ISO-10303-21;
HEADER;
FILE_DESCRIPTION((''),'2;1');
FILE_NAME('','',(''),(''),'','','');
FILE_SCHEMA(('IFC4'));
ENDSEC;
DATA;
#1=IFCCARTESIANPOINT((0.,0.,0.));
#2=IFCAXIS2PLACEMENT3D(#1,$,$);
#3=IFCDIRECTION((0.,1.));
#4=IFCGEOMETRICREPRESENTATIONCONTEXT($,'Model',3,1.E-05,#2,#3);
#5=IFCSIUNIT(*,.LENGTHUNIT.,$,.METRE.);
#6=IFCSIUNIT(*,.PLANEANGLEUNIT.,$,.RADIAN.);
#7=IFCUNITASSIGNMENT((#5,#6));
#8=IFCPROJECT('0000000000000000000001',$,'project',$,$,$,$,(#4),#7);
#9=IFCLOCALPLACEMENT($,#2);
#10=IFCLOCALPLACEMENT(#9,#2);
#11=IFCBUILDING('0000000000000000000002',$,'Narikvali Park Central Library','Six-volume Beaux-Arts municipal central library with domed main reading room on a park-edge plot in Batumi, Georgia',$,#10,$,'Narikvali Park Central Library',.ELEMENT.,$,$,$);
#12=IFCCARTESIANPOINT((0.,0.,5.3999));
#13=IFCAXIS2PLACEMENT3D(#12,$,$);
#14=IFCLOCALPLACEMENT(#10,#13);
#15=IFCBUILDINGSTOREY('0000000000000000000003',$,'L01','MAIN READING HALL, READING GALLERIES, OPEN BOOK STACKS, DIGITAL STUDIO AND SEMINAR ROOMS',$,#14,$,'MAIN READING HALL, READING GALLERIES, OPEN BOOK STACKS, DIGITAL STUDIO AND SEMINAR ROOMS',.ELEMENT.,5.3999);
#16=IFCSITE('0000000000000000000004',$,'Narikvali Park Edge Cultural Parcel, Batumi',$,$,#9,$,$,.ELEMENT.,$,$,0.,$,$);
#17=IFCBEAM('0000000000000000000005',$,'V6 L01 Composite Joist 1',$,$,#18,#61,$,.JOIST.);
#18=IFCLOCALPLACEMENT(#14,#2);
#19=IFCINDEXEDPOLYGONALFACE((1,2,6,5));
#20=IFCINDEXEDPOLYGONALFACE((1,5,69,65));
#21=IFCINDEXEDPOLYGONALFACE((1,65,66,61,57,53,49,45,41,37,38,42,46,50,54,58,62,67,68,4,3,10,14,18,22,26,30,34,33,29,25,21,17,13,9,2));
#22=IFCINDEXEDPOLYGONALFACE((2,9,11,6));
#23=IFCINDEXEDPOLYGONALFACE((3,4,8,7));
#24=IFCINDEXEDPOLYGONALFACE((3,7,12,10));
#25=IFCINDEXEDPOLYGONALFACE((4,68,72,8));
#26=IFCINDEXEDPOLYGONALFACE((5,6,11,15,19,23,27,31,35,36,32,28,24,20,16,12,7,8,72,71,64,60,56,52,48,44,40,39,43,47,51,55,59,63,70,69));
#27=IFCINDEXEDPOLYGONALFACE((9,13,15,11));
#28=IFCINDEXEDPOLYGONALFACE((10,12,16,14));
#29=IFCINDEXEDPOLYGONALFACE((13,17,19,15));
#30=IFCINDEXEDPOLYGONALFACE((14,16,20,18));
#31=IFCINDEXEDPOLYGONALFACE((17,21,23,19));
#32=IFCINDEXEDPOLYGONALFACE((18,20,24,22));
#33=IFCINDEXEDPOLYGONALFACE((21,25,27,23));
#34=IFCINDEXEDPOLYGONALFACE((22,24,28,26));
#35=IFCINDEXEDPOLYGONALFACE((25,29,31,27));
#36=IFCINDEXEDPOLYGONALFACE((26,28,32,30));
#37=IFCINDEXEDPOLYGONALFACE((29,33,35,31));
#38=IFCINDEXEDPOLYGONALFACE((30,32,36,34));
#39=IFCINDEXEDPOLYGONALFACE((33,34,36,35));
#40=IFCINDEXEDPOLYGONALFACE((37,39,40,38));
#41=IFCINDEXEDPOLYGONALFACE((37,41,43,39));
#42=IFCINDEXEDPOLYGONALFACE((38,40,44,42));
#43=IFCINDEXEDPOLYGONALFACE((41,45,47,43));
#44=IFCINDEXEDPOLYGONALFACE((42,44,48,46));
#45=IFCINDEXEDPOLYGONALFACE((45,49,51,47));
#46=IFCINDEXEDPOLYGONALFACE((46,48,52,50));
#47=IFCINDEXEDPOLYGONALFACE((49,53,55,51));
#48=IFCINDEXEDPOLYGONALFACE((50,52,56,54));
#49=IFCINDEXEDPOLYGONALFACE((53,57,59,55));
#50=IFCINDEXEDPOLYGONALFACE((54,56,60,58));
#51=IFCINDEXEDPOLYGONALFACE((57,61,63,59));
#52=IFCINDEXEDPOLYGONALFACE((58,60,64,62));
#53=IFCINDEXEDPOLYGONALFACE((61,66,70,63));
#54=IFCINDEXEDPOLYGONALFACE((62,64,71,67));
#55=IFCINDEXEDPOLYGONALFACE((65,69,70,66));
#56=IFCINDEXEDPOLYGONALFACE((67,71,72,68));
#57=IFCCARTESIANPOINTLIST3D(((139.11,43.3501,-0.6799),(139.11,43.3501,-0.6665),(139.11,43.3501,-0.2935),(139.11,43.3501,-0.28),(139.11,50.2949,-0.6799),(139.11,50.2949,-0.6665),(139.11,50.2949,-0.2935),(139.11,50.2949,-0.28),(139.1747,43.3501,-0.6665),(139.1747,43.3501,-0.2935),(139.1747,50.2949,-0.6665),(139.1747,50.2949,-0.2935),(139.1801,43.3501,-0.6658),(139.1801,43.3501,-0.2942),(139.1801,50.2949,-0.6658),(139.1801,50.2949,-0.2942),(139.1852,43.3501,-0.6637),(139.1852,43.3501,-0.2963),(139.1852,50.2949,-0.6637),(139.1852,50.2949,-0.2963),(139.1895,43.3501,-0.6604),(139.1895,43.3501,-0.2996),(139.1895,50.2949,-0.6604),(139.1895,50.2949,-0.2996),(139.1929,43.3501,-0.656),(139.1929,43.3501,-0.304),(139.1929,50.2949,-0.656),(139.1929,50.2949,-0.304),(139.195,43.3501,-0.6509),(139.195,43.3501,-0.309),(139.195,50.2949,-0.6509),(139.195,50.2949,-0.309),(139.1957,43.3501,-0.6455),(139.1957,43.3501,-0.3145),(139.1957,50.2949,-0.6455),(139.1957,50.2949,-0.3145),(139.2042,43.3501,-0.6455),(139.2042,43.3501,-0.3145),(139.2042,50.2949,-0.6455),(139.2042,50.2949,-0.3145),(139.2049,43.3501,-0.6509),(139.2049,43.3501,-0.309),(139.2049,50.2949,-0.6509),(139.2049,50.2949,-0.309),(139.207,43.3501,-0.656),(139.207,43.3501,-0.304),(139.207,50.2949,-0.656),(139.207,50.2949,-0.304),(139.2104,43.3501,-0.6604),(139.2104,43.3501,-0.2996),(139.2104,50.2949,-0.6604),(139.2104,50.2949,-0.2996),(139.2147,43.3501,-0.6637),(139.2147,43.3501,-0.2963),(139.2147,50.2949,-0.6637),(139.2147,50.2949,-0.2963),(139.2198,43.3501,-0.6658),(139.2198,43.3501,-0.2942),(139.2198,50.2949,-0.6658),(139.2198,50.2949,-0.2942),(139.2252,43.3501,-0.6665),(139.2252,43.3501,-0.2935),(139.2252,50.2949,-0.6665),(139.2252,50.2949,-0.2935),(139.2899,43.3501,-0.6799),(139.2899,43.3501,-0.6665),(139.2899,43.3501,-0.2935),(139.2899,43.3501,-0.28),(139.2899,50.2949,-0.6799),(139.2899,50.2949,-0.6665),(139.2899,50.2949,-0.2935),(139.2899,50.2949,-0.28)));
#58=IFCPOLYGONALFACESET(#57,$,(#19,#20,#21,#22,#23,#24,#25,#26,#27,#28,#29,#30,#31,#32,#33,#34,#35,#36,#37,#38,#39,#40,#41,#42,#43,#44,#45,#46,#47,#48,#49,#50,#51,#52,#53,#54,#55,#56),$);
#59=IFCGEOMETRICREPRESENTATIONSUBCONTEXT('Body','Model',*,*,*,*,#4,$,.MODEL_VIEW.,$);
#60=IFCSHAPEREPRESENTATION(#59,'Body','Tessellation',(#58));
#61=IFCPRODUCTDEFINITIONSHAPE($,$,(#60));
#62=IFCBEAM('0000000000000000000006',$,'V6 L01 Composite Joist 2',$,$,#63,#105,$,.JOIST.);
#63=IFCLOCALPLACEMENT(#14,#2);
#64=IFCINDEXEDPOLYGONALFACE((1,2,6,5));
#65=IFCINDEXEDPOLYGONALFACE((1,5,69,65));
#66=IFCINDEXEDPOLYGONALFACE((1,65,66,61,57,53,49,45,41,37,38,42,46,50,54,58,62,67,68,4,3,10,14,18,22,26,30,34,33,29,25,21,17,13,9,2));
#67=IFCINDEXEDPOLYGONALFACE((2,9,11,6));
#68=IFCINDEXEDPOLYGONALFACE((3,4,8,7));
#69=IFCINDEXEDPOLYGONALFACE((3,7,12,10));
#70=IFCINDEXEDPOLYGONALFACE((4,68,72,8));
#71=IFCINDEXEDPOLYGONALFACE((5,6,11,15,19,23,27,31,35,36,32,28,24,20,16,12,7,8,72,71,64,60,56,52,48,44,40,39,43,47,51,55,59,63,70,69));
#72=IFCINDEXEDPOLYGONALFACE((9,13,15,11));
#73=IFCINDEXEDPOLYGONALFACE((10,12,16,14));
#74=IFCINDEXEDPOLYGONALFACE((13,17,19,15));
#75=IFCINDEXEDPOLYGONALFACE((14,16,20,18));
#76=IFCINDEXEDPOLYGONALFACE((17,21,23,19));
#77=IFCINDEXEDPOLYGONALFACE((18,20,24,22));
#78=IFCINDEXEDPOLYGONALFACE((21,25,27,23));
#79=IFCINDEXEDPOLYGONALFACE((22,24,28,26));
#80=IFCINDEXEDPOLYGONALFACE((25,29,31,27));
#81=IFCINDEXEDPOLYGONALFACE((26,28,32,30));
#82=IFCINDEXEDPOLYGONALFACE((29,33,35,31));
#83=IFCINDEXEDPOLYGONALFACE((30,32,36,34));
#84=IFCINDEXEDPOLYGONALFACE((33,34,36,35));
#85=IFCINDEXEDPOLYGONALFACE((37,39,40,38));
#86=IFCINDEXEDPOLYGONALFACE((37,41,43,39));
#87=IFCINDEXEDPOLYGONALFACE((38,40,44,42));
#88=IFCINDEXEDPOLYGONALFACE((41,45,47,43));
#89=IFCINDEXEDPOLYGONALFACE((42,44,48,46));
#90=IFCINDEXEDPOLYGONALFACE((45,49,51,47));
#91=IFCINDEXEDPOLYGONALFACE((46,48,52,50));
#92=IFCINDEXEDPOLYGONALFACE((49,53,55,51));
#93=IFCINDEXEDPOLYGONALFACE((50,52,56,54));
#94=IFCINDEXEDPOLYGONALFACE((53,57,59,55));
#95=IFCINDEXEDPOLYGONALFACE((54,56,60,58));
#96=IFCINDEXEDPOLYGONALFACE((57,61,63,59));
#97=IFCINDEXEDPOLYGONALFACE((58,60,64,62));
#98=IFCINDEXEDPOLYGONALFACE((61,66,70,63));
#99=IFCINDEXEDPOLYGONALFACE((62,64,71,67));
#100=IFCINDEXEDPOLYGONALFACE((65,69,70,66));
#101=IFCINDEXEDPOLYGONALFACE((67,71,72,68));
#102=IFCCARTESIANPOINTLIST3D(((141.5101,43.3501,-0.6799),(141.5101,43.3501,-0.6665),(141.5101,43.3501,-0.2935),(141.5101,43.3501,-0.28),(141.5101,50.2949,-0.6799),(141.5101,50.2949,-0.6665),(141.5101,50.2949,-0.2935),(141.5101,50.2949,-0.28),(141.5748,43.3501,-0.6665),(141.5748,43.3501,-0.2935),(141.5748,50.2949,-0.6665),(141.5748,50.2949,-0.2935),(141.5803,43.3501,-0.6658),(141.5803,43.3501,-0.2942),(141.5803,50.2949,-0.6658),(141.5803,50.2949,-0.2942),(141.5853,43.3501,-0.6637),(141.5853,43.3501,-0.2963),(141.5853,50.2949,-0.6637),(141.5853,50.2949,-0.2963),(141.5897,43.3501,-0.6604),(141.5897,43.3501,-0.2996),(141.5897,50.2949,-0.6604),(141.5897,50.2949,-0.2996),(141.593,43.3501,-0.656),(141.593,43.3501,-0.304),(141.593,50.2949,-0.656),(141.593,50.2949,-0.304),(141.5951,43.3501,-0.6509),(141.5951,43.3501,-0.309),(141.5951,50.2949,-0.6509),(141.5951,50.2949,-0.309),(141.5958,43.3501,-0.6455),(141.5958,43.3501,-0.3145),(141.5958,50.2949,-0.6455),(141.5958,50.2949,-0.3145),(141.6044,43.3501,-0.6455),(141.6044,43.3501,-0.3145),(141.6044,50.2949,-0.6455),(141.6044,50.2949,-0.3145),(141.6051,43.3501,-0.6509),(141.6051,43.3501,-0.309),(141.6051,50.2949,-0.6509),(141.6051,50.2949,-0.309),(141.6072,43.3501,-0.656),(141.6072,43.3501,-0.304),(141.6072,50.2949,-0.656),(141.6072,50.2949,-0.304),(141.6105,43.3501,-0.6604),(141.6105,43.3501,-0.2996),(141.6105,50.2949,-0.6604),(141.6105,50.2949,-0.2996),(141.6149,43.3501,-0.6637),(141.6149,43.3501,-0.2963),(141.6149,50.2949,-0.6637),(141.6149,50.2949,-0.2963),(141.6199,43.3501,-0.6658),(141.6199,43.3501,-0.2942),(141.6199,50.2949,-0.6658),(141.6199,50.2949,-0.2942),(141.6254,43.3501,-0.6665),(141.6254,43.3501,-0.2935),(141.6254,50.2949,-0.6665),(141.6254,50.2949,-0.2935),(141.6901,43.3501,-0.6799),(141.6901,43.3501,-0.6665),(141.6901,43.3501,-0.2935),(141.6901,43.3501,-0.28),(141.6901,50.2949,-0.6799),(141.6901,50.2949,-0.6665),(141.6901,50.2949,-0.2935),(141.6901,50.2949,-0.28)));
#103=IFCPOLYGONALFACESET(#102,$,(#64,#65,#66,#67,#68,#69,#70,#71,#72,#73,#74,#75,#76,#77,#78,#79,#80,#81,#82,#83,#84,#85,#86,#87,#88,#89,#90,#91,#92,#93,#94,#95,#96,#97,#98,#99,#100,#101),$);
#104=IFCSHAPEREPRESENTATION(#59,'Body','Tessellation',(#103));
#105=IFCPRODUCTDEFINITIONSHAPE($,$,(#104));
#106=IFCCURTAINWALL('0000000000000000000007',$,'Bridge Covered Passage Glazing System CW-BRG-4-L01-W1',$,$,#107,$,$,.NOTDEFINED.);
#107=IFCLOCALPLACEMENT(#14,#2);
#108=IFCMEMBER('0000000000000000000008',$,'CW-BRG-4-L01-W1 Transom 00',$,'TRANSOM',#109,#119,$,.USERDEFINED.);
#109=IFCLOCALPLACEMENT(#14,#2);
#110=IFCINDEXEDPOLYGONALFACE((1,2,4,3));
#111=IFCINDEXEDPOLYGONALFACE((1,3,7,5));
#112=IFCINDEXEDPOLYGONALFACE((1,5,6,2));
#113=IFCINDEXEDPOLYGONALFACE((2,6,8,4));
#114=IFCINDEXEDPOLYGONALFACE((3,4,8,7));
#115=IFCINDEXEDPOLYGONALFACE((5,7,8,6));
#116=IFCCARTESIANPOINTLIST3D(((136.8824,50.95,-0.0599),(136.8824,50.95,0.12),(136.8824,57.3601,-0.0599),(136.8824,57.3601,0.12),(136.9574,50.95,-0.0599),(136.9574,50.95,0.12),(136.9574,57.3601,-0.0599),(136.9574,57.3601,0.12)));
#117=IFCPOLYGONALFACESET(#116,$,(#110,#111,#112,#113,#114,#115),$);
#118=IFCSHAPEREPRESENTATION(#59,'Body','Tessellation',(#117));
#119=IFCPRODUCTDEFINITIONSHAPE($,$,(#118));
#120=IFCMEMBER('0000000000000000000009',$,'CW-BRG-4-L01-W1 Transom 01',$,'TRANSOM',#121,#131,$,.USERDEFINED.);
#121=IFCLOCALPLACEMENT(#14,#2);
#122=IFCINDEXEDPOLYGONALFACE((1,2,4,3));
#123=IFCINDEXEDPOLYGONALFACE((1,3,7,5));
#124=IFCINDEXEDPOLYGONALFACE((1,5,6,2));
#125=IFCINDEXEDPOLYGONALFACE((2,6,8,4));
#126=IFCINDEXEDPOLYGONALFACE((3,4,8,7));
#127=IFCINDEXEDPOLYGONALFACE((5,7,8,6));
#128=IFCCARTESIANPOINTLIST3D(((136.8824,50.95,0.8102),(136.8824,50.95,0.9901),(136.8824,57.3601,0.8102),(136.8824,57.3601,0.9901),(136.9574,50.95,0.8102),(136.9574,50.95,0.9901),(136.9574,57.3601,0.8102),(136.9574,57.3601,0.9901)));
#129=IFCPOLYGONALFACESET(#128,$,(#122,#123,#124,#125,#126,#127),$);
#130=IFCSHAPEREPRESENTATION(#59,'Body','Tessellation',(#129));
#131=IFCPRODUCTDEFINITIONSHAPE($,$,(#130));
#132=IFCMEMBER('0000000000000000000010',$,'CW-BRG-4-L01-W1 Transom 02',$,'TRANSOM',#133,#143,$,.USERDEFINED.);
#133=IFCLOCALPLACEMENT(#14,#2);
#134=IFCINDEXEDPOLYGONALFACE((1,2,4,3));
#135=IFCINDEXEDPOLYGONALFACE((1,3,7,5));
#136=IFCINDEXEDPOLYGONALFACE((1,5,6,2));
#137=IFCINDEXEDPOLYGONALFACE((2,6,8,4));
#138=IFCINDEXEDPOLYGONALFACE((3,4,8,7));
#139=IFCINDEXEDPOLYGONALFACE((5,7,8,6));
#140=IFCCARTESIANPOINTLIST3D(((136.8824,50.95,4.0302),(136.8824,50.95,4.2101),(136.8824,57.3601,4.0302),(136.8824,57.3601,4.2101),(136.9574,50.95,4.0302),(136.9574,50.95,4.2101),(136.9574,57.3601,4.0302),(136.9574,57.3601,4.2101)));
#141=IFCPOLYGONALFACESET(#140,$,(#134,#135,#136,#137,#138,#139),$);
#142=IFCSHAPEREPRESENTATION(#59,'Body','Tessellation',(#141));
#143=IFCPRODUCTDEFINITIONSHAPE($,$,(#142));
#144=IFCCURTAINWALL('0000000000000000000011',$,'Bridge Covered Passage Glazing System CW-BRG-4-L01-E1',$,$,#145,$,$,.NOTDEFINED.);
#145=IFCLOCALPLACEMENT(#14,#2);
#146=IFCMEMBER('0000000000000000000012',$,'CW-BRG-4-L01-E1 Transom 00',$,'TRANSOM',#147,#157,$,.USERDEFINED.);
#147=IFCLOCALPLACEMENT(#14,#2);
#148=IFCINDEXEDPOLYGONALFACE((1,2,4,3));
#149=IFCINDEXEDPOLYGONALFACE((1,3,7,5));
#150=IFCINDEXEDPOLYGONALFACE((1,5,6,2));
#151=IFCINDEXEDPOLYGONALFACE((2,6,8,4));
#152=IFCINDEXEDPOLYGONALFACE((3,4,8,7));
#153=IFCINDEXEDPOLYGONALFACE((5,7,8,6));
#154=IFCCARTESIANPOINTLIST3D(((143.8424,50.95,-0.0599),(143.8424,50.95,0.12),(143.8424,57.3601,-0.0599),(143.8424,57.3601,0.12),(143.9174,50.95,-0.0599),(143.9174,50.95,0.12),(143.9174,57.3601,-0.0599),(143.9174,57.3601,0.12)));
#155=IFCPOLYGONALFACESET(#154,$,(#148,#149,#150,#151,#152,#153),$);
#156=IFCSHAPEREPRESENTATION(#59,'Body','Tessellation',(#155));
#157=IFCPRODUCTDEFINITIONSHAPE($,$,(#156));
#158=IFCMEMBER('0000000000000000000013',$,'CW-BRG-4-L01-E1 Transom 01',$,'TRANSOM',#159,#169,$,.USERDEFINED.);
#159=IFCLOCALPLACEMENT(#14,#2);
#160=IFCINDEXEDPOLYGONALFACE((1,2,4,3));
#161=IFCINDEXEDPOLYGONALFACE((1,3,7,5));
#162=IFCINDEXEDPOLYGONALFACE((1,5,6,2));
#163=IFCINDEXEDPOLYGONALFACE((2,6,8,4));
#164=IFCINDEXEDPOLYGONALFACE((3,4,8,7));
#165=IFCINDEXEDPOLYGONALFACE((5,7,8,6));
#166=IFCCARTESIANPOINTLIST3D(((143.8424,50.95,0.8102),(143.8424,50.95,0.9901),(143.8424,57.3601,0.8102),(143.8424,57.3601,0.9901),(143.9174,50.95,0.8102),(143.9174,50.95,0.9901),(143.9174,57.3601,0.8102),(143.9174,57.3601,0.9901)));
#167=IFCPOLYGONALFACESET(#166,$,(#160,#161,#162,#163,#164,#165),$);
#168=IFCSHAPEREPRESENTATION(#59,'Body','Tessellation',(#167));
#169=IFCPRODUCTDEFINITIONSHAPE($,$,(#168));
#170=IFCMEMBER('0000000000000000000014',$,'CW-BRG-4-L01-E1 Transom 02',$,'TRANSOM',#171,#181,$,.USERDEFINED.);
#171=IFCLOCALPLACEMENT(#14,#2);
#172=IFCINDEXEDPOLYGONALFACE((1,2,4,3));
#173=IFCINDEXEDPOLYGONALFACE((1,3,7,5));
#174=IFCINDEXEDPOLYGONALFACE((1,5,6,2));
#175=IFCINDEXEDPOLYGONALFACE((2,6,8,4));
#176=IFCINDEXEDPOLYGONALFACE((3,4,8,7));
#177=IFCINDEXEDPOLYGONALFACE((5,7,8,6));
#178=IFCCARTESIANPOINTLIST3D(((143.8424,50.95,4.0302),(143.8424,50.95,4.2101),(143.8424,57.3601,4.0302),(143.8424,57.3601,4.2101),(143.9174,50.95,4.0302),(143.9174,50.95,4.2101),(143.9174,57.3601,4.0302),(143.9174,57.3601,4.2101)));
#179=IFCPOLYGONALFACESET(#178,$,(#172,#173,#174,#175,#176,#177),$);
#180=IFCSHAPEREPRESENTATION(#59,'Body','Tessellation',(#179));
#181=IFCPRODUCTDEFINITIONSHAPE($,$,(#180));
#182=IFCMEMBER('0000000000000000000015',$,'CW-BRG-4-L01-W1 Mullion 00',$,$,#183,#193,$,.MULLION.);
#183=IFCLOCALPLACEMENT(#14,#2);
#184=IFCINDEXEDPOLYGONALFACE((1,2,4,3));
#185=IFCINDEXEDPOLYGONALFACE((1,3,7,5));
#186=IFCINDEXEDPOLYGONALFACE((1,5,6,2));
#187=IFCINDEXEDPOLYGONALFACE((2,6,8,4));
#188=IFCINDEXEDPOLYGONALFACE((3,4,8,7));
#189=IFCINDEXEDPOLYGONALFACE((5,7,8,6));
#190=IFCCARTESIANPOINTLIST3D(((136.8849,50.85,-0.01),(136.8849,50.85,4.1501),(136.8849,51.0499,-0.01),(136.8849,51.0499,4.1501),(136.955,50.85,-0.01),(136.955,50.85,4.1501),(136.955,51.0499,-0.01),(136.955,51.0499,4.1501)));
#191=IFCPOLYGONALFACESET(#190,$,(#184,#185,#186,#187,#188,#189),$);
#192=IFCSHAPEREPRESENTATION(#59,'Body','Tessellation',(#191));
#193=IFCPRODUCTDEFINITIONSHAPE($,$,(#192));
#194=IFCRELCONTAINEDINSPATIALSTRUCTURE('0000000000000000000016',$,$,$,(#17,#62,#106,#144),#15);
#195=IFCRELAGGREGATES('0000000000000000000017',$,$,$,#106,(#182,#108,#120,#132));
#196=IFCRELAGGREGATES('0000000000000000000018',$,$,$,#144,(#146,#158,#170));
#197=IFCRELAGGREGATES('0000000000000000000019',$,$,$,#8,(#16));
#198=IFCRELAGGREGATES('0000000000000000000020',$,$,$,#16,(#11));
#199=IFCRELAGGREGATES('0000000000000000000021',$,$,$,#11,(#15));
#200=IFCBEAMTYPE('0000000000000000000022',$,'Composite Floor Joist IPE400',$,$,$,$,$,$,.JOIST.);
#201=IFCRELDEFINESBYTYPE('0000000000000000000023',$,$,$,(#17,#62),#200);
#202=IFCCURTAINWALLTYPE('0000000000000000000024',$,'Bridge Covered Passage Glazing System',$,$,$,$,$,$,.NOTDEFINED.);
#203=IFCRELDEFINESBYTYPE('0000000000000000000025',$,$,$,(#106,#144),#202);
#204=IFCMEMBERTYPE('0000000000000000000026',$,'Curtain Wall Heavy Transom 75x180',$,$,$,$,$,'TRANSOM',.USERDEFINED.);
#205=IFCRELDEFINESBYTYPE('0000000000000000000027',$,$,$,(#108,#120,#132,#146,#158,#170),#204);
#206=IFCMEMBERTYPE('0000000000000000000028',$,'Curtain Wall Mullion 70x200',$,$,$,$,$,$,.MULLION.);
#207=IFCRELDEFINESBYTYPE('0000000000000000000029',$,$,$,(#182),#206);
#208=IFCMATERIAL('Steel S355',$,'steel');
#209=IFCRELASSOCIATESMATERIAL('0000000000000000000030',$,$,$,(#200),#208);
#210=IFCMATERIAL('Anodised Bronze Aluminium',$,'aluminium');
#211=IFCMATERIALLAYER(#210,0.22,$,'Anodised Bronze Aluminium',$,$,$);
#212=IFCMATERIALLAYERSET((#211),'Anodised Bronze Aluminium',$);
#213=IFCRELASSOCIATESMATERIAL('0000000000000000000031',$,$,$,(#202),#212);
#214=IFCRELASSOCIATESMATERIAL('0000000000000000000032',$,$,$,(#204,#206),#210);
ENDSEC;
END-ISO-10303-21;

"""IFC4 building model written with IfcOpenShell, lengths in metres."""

from ifc_helpers import new_model, si_unit, direction, frame, origin, origin_2d, place, context, subcontext, project, spatial, rectangle, i_section, extrude, material, layer, layer_set, material_profile, profile_set, type_object, element, aggregate, save


model = new_model("IFC4")

# Units and contexts
model_context = context("Model", 3, precision=1e-05, world=origin(), true_north=direction((0.0, 1.0)))
body_context = subcontext(model_context, "Body", "Model", "MODEL_VIEW")
ifc_project = project(units=[si_unit("LENGTHUNIT", "METRE"), si_unit("PLANEANGLEUNIT", "RADIAN")], contexts=[model_context])

# Site, building, storey
site_placement = place(None, origin())
site = spatial("IfcSite", under=ifc_project, at=site_placement, Name="Narikvali Park Edge Cultural Parcel, Batumi", CompositionType="ELEMENT", RefElevation=0.0)
building_placement = place(site_placement, origin())
building = spatial("IfcBuilding", under=site, at=building_placement, Name="Narikvali Park Central Library", Description="Six-volume Beaux-Arts municipal central library with domed main reading room on a park-edge plot in Batumi, Georgia", LongName="Narikvali Park Central Library", CompositionType="ELEMENT")
storey_placement = place(building_placement, frame((0.0, 0.0, 5.3999)))
storey = spatial("IfcBuildingStorey", under=building, at=storey_placement, Name="L01", Description="MAIN READING HALL, READING GALLERIES, OPEN BOOK STACKS, DIGITAL STUDIO AND SEMINAR ROOMS", LongName="MAIN READING HALL, READING GALLERIES, OPEN BOOK STACKS, DIGITAL STUDIO AND SEMINAR ROOMS", CompositionType="ELEMENT", Elevation=5.3999)

# Shared definitions
ifc_material_1 = material(Name="Steel S355", Category="steel")

# Beams
ifc_material_profile_1 = material_profile(ifc_material_1, i_section(OverallWidth=0.1799, OverallDepth=0.3999, WebThickness=0.0085, FlangeThickness=0.0134, FilletRadius=0.021, at=origin_2d()), Name="IPE 400")
ifc_profile_set_1 = profile_set([ifc_material_profile_1], Name="Steel S355")
beam_type_1 = type_object("IfcBeamType", Name="Composite Floor Joist IPE400", PredefinedType="JOIST", material=ifc_profile_set_1)
for number, where, z_axis, x_axis, name in (
    (1, (139.2, 43.3501, -0.48), (0.0, 1.0, 0.0), (-1.0, 0.0, 0.0), "V6 L01 Composite Joist 1"),
    (2, (141.6001, 43.3501, -0.48), (0.0, 1.0, 0.0), (-1.0, 0.0, 0.0), "V6 L01 Composite Joist 2"),
):
    element("IfcBeam", number, at=place(storey_placement, frame(where, z_axis=z_axis, x_axis=x_axis)), inside=storey, type_object=beam_type_1, Name=name, PredefinedType="JOIST", context=body_context, shape_type="SweptSolid", body=[
        extrude(i_section(OverallWidth=0.1799, OverallDepth=0.3999, WebThickness=0.0085, FlangeThickness=0.0134, FilletRadius=0.021, at=origin_2d()), origin(), (0.0, 0.0, 1.0), 6.9448),
    ])

# Curtain walls, members
ifc_material_2 = material(Name="Anodised Bronze Aluminium", Category="aluminium")
ifc_layer_1 = layer(ifc_material_2, 0.22, Name="Anodised Bronze Aluminium")
ifc_layer_set_1 = layer_set([ifc_layer_1], Name="Anodised Bronze Aluminium")
curtain_wall_type = type_object("IfcCurtainWallType", Name="Bridge Covered Passage Glazing System", PredefinedType="NOTDEFINED", material=ifc_layer_set_1)
curtain_wall_1_placement = place(storey_placement, origin())
curtain_wall_1 = element("IfcCurtainWall", 3, at=curtain_wall_1_placement, inside=storey, type_object=curtain_wall_type, Name="Bridge Covered Passage Glazing System CW-BRG-4-L01-W1", PredefinedType="NOTDEFINED")
ifc_material_profile_2 = material_profile(ifc_material_2, rectangle(XDim=0.075, YDim=0.1799, at=origin_2d()), Name="CW TRANSOM 75x180")
ifc_profile_set_2 = profile_set([ifc_material_profile_2], Name="Anodised Bronze Aluminium")
member_type_1 = type_object("IfcMemberType", Name="Curtain Wall Heavy Transom 75x180", ElementType="TRANSOM", PredefinedType="USERDEFINED", material=ifc_profile_set_2)
member_1_placement = place(storey_placement, frame((136.9199, 50.95, 0.03), z_axis=(0.0, 1.0, 0.0), x_axis=(-1.0, 0.0, 0.0)))
member_1 = element("IfcMember", 4, at=member_1_placement, type_object=member_type_1, Name="CW-BRG-4-L01-W1 Transom 00", ObjectType="TRANSOM", PredefinedType="USERDEFINED", context=body_context, shape_type="SweptSolid", body=[
    extrude(rectangle(XDim=0.075, YDim=0.1799, at=origin_2d()), origin(), (0.0, 0.0, 1.0), 6.4102),
])
member_2_placement = place(storey_placement, frame((136.9199, 50.95, 0.9001), z_axis=(0.0, 1.0, 0.0), x_axis=(-1.0, 0.0, 0.0)))
member_2 = element("IfcMember", 5, at=member_2_placement, type_object=member_type_1, Name="CW-BRG-4-L01-W1 Transom 01", ObjectType="TRANSOM", PredefinedType="USERDEFINED", context=body_context, shape_type="SweptSolid", body=[
    extrude(rectangle(XDim=0.075, YDim=0.1799, at=origin_2d()), origin(), (0.0, 0.0, 1.0), 6.4102),
])
member_3_placement = place(storey_placement, frame((136.9199, 50.95, 4.1201), z_axis=(0.0, 1.0, 0.0), x_axis=(-1.0, 0.0, 0.0)))
member_3 = element("IfcMember", 6, at=member_3_placement, type_object=member_type_1, Name="CW-BRG-4-L01-W1 Transom 02", ObjectType="TRANSOM", PredefinedType="USERDEFINED", context=body_context, shape_type="SweptSolid", body=[
    extrude(rectangle(XDim=0.075, YDim=0.1799, at=origin_2d()), origin(), (0.0, 0.0, 1.0), 6.4102),
])
curtain_wall_2_placement = place(storey_placement, origin())
curtain_wall_2 = element("IfcCurtainWall", 7, at=curtain_wall_2_placement, inside=storey, type_object=curtain_wall_type, Name="Bridge Covered Passage Glazing System CW-BRG-4-L01-E1", PredefinedType="NOTDEFINED")
member_4_placement = place(storey_placement, frame((143.8799, 50.95, 0.03), z_axis=(0.0, 1.0, 0.0), x_axis=(-1.0, 0.0, 0.0)))
member_4 = element("IfcMember", 8, at=member_4_placement, type_object=member_type_1, Name="CW-BRG-4-L01-E1 Transom 00", ObjectType="TRANSOM", PredefinedType="USERDEFINED", context=body_context, shape_type="SweptSolid", body=[
    extrude(rectangle(XDim=0.075, YDim=0.1799, at=origin_2d()), origin(), (0.0, 0.0, 1.0), 6.4102),
])
member_5_placement = place(storey_placement, frame((143.8799, 50.95, 0.9001), z_axis=(0.0, 1.0, 0.0), x_axis=(-1.0, 0.0, 0.0)))
member_5 = element("IfcMember", 9, at=member_5_placement, type_object=member_type_1, Name="CW-BRG-4-L01-E1 Transom 01", ObjectType="TRANSOM", PredefinedType="USERDEFINED", context=body_context, shape_type="SweptSolid", body=[
    extrude(rectangle(XDim=0.075, YDim=0.1799, at=origin_2d()), origin(), (0.0, 0.0, 1.0), 6.4102),
])
member_6_placement = place(storey_placement, frame((143.8799, 50.95, 4.1201), z_axis=(0.0, 1.0, 0.0), x_axis=(-1.0, 0.0, 0.0)))
member_6 = element("IfcMember", 10, at=member_6_placement, type_object=member_type_1, Name="CW-BRG-4-L01-E1 Transom 02", ObjectType="TRANSOM", PredefinedType="USERDEFINED", context=body_context, shape_type="SweptSolid", body=[
    extrude(rectangle(XDim=0.075, YDim=0.1799, at=origin_2d()), origin(), (0.0, 0.0, 1.0), 6.4102),
])

# Member
ifc_material_profile_3 = material_profile(ifc_material_2, rectangle(XDim=0.0701, YDim=0.2, at=origin_2d()), Name="CW MULLION 70x200")
ifc_profile_set_3 = profile_set([ifc_material_profile_3], Name="Anodised Bronze Aluminium")
member_type_2 = type_object("IfcMemberType", Name="Curtain Wall Mullion 70x200", PredefinedType="MULLION", material=ifc_profile_set_3)
member_7_placement = place(storey_placement, frame((136.9199, 50.95, -0.01), z_axis=(0.0, 0.0, 1.0), x_axis=(1.0, 0.0, 0.0)))
member_7 = element("IfcMember", 11, at=member_7_placement, type_object=member_type_2, Name="CW-BRG-4-L01-W1 Mullion 00", PredefinedType="MULLION", context=body_context, shape_type="SweptSolid", body=[
    extrude(rectangle(XDim=0.0701, YDim=0.2, at=origin_2d()), origin(), (0.0, 0.0, 1.0), 4.1602),
])
aggregate(curtain_wall_1, [member_7, member_1, member_2, member_3])
aggregate(curtain_wall_2, [member_4, member_5, member_6])

save(model, "model.ifc")
